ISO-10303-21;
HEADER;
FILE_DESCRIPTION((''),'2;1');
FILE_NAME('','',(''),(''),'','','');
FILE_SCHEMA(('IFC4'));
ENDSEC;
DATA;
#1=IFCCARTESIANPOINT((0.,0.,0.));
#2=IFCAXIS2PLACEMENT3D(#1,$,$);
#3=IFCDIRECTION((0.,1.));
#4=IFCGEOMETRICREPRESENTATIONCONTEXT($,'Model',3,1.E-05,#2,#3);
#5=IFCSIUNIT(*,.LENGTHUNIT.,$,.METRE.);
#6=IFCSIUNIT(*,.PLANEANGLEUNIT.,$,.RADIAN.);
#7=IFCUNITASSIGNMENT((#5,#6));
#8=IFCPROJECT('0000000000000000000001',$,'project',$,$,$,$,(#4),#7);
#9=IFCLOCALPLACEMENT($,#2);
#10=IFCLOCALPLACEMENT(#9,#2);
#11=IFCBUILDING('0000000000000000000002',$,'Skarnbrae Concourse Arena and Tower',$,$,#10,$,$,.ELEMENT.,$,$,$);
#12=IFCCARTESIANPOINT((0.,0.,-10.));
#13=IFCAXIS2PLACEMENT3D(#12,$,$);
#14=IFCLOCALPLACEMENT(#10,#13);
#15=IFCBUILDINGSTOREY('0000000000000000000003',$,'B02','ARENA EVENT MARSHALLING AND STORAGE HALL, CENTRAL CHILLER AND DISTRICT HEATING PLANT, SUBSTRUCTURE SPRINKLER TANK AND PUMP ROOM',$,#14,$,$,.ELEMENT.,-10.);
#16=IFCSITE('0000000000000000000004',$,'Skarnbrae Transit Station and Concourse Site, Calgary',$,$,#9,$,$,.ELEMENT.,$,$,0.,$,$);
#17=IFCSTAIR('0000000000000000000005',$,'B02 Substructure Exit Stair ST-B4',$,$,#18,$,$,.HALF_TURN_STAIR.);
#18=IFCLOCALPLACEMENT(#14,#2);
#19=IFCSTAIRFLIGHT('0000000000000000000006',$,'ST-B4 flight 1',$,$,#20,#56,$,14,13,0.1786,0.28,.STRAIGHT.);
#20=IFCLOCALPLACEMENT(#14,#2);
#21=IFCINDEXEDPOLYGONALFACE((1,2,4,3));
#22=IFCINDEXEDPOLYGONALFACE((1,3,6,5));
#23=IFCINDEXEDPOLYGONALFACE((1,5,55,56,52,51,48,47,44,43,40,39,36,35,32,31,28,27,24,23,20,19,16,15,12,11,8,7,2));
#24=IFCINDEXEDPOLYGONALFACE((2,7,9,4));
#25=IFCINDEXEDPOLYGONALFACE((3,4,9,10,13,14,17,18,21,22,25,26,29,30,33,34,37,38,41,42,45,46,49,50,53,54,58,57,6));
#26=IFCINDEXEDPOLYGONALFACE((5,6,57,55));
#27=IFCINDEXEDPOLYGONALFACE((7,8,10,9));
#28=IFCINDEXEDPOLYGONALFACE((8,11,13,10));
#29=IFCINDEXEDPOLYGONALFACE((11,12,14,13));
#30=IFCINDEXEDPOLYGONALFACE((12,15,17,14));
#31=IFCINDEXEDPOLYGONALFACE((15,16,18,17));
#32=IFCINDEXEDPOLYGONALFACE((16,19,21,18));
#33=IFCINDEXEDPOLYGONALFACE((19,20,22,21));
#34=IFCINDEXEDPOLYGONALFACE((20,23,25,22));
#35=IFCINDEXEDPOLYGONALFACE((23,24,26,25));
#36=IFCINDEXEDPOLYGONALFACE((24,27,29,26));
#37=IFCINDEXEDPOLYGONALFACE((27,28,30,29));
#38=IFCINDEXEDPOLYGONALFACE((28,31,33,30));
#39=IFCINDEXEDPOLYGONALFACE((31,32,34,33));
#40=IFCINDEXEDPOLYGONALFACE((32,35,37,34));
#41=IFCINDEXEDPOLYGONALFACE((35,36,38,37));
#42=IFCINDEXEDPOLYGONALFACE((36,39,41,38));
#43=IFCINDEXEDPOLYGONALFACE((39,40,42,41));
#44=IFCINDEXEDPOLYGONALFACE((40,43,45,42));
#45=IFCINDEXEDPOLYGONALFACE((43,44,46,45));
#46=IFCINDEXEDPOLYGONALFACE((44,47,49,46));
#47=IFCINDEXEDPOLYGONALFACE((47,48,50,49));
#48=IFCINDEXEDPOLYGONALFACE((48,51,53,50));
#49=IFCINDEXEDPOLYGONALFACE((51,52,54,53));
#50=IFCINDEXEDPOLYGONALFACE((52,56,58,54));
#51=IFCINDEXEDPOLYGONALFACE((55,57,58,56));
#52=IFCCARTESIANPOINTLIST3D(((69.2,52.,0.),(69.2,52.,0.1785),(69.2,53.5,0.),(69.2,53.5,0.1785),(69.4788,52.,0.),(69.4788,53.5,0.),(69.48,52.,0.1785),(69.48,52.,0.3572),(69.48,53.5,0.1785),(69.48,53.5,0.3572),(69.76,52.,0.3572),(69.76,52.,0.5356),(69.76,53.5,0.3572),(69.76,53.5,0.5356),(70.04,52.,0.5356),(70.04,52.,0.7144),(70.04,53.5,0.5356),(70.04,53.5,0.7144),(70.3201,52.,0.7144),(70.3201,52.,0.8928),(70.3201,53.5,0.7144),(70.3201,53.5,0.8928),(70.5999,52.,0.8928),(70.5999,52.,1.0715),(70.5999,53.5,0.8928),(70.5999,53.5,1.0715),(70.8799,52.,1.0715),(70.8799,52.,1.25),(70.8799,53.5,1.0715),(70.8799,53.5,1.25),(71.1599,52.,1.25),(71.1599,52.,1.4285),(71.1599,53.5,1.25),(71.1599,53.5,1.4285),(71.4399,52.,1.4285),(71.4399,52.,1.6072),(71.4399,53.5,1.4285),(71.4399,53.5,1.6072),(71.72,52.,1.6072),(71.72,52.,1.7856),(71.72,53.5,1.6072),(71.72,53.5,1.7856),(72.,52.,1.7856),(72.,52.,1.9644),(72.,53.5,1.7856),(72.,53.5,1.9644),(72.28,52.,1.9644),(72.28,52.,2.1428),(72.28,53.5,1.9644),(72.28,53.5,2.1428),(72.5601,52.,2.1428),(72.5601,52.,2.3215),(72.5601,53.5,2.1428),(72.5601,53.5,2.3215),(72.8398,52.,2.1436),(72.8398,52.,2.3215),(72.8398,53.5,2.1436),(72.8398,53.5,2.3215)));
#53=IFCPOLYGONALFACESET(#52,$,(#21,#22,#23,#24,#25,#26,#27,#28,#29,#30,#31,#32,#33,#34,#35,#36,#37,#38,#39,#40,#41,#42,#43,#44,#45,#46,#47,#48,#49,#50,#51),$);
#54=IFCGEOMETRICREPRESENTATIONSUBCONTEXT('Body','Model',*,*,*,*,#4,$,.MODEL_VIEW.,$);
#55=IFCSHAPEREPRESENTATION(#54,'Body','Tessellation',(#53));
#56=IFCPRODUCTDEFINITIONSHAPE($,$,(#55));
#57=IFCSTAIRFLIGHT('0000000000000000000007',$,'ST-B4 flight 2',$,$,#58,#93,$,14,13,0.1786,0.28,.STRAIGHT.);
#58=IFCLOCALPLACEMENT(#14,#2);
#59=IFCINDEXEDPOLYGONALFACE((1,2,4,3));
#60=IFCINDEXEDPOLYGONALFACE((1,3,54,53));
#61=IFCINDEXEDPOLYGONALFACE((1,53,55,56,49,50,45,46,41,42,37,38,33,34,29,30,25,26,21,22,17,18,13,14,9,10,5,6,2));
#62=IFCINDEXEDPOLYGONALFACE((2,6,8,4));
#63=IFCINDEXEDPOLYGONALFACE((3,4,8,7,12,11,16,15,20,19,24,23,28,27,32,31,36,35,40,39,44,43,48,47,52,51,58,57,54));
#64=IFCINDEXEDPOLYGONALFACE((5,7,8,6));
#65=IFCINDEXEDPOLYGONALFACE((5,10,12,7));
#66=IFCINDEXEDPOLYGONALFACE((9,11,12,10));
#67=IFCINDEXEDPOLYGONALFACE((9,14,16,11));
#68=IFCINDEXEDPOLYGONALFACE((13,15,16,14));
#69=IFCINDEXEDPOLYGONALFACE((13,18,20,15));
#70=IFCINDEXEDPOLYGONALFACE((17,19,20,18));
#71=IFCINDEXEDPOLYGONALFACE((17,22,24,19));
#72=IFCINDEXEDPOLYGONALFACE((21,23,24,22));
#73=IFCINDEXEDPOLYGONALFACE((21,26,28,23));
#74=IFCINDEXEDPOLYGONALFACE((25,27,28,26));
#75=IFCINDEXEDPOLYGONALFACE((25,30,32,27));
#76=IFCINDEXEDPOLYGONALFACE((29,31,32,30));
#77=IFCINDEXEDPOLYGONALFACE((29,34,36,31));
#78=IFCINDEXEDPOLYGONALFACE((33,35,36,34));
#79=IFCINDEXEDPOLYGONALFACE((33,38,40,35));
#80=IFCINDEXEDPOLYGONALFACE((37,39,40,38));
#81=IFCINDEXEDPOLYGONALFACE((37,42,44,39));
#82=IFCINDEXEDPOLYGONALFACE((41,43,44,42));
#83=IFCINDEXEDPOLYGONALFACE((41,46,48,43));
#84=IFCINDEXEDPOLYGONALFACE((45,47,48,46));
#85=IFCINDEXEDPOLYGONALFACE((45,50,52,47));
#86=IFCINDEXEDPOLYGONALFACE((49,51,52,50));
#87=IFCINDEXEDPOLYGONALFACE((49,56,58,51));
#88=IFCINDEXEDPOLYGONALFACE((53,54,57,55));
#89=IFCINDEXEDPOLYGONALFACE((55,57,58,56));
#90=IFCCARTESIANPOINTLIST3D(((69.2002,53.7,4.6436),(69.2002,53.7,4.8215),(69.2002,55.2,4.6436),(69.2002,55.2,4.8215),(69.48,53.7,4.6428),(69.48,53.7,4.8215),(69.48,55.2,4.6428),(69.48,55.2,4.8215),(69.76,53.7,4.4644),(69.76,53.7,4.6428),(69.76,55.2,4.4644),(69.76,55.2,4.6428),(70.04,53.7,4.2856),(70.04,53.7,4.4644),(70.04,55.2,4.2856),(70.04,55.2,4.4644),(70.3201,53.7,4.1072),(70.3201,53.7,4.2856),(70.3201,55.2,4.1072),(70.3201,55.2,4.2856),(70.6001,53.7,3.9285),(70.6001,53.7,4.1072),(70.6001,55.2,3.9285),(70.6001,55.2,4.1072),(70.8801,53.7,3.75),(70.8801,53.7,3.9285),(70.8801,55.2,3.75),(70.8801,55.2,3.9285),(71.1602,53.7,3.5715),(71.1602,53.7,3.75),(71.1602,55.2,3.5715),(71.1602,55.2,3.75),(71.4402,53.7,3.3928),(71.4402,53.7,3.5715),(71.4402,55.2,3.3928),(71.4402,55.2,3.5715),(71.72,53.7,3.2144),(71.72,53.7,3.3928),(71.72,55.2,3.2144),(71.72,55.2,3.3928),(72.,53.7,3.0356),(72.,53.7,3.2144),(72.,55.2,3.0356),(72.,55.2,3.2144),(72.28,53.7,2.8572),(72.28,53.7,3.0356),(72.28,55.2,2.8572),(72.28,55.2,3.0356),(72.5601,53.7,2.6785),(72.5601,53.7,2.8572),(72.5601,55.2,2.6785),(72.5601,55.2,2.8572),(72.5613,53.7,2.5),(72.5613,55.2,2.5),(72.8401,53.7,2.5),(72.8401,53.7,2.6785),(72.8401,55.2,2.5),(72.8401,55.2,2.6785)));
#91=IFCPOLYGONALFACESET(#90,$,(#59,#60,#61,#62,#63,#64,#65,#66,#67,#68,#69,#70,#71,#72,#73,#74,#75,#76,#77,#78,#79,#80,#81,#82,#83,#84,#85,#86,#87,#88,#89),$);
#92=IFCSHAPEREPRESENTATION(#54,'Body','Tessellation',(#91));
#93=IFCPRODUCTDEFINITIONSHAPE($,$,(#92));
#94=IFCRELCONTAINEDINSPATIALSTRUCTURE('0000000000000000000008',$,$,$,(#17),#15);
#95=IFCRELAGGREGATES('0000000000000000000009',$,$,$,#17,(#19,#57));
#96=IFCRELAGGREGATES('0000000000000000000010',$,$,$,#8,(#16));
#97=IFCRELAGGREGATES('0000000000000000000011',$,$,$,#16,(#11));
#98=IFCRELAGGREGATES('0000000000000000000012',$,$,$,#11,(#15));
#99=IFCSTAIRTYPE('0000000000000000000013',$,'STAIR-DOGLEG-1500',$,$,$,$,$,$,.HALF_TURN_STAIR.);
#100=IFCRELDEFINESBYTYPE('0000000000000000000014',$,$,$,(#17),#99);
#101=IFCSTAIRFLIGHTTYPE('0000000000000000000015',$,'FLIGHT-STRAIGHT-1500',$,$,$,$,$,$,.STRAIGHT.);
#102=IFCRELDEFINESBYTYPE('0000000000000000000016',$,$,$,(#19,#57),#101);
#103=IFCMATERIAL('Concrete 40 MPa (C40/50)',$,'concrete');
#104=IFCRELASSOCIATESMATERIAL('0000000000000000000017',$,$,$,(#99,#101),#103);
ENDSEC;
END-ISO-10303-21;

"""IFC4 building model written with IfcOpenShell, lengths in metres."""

from ifc_helpers import new_model, si_unit, direction, frame, origin, place, context, subcontext, project, spatial, polyline, outline, extrude, source, transform, mapped, material, type_object, element, aggregate, save


model = new_model("IFC4")

# Units and contexts
model_context = context("Model", 3, precision=1e-05, world=origin(), true_north=direction((0.0, 1.0)))
body_context = subcontext(model_context, "Body", "Model", "MODEL_VIEW")
ifc_project = project(units=[si_unit("LENGTHUNIT", "METRE"), si_unit("PLANEANGLEUNIT", "RADIAN")], contexts=[model_context])

# Site, building, storey
site_placement = place(None, origin())
site = spatial("IfcSite", under=ifc_project, at=site_placement, Name="Skarnbrae Transit Station and Concourse Site, Calgary", CompositionType="ELEMENT", RefElevation=0.0)
building_placement = place(site_placement, origin())
building = spatial("IfcBuilding", under=site, at=building_placement, Name="Skarnbrae Concourse Arena and Tower", CompositionType="ELEMENT")
storey_placement = place(building_placement, frame((0.0, 0.0, -10.0)))
storey = spatial("IfcBuildingStorey", under=building, at=storey_placement, Name="B02", Description="ARENA EVENT MARSHALLING AND STORAGE HALL, CENTRAL CHILLER AND DISTRICT HEATING PLANT, SUBSTRUCTURE SPRINKLER TANK AND PUMP ROOM", CompositionType="ELEMENT", Elevation=-10.0)

# Stair, stair flights
ifc_material_1 = material(Name="Concrete 40 MPa (C40/50)", Category="concrete")
stair_type = type_object("IfcStairType", Name="STAIR-DOGLEG-1500", PredefinedType="HALF_TURN_STAIR", material=ifc_material_1)
stair_placement = place(storey_placement, origin())
stair = element("IfcStair", 1, at=stair_placement, inside=storey, type_object=stair_type, Name="B02 Substructure Exit Stair ST-B4", PredefinedType="HALF_TURN_STAIR")
stair_flight_type = type_object("IfcStairFlightType", Name="FLIGHT-STRAIGHT-1500", PredefinedType="STRAIGHT", material=ifc_material_1)
shared_shape_1 = source(origin(), body_context, "Body", "SweptSolid", [
    extrude(outline(polyline([(0.0, 0.0), (0.0, 0.1785), (0.28, 0.1785), (0.28, 0.3572), (0.5601, 0.3572), (0.5601, 0.5356), (0.8401, 0.5356), (0.8401, 0.7144), (1.1201, 0.7144), (1.1201, 0.8928), (1.3999, 0.8928), (1.3999, 1.0715), (1.6799, 1.0715), (1.6799, 1.25), (1.96, 1.25), (1.96, 1.4285), (2.24, 1.4285), (2.24, 1.6072), (2.52, 1.6072), (2.52, 1.7856), (2.8, 1.7856), (2.8, 1.9644), (3.0801, 1.9644), (3.0801, 2.1428), (3.3601, 2.1428), (3.3601, 2.3215), (3.6399, 2.3215), (3.6399, 2.5), (3.6399, 2.1436), (0.2788, 0.0), (0.0, 0.0)])), frame((0.0, 0.75, 0.0), z_axis=(0.0, -1.0, 0.0), x_axis=(1.0, 0.0, 0.0)), (0.0, 0.0, 1.0), 1.5),
])
stair_flight_1_placement = place(storey_placement, frame((69.2, 52.75, 0.0), z_axis=(0.0, 0.0, 1.0), x_axis=(1.0, 0.0, 0.0)))
stair_flight_1 = element("IfcStairFlight", 2, at=stair_flight_1_placement, type_object=stair_flight_type, Name="ST-B4 flight 1", NumberOfRisers=14, NumberOfTreads=13, PredefinedType="STRAIGHT", RiserHeight=0.1786, TreadLength=0.28, context=body_context, shape_type="MappedRepresentation", body=[
    mapped(shared_shape_1, transform((0.0, 0.0, 0.0))),
])
stair_flight_2_placement = place(storey_placement, frame((72.8401, 54.45, 2.5), z_axis=(0.0, 0.0, 1.0), x_axis=(-1.0, 0.0, 0.0)))
stair_flight_2 = element("IfcStairFlight", 3, at=stair_flight_2_placement, type_object=stair_flight_type, Name="ST-B4 flight 2", NumberOfRisers=14, NumberOfTreads=13, PredefinedType="STRAIGHT", RiserHeight=0.1786, TreadLength=0.28, context=body_context, shape_type="MappedRepresentation", body=[
    mapped(shared_shape_1, transform((0.0, 0.0, 0.0))),
])
aggregate(stair, [stair_flight_1, stair_flight_2])

save(model, "model.ifc")
